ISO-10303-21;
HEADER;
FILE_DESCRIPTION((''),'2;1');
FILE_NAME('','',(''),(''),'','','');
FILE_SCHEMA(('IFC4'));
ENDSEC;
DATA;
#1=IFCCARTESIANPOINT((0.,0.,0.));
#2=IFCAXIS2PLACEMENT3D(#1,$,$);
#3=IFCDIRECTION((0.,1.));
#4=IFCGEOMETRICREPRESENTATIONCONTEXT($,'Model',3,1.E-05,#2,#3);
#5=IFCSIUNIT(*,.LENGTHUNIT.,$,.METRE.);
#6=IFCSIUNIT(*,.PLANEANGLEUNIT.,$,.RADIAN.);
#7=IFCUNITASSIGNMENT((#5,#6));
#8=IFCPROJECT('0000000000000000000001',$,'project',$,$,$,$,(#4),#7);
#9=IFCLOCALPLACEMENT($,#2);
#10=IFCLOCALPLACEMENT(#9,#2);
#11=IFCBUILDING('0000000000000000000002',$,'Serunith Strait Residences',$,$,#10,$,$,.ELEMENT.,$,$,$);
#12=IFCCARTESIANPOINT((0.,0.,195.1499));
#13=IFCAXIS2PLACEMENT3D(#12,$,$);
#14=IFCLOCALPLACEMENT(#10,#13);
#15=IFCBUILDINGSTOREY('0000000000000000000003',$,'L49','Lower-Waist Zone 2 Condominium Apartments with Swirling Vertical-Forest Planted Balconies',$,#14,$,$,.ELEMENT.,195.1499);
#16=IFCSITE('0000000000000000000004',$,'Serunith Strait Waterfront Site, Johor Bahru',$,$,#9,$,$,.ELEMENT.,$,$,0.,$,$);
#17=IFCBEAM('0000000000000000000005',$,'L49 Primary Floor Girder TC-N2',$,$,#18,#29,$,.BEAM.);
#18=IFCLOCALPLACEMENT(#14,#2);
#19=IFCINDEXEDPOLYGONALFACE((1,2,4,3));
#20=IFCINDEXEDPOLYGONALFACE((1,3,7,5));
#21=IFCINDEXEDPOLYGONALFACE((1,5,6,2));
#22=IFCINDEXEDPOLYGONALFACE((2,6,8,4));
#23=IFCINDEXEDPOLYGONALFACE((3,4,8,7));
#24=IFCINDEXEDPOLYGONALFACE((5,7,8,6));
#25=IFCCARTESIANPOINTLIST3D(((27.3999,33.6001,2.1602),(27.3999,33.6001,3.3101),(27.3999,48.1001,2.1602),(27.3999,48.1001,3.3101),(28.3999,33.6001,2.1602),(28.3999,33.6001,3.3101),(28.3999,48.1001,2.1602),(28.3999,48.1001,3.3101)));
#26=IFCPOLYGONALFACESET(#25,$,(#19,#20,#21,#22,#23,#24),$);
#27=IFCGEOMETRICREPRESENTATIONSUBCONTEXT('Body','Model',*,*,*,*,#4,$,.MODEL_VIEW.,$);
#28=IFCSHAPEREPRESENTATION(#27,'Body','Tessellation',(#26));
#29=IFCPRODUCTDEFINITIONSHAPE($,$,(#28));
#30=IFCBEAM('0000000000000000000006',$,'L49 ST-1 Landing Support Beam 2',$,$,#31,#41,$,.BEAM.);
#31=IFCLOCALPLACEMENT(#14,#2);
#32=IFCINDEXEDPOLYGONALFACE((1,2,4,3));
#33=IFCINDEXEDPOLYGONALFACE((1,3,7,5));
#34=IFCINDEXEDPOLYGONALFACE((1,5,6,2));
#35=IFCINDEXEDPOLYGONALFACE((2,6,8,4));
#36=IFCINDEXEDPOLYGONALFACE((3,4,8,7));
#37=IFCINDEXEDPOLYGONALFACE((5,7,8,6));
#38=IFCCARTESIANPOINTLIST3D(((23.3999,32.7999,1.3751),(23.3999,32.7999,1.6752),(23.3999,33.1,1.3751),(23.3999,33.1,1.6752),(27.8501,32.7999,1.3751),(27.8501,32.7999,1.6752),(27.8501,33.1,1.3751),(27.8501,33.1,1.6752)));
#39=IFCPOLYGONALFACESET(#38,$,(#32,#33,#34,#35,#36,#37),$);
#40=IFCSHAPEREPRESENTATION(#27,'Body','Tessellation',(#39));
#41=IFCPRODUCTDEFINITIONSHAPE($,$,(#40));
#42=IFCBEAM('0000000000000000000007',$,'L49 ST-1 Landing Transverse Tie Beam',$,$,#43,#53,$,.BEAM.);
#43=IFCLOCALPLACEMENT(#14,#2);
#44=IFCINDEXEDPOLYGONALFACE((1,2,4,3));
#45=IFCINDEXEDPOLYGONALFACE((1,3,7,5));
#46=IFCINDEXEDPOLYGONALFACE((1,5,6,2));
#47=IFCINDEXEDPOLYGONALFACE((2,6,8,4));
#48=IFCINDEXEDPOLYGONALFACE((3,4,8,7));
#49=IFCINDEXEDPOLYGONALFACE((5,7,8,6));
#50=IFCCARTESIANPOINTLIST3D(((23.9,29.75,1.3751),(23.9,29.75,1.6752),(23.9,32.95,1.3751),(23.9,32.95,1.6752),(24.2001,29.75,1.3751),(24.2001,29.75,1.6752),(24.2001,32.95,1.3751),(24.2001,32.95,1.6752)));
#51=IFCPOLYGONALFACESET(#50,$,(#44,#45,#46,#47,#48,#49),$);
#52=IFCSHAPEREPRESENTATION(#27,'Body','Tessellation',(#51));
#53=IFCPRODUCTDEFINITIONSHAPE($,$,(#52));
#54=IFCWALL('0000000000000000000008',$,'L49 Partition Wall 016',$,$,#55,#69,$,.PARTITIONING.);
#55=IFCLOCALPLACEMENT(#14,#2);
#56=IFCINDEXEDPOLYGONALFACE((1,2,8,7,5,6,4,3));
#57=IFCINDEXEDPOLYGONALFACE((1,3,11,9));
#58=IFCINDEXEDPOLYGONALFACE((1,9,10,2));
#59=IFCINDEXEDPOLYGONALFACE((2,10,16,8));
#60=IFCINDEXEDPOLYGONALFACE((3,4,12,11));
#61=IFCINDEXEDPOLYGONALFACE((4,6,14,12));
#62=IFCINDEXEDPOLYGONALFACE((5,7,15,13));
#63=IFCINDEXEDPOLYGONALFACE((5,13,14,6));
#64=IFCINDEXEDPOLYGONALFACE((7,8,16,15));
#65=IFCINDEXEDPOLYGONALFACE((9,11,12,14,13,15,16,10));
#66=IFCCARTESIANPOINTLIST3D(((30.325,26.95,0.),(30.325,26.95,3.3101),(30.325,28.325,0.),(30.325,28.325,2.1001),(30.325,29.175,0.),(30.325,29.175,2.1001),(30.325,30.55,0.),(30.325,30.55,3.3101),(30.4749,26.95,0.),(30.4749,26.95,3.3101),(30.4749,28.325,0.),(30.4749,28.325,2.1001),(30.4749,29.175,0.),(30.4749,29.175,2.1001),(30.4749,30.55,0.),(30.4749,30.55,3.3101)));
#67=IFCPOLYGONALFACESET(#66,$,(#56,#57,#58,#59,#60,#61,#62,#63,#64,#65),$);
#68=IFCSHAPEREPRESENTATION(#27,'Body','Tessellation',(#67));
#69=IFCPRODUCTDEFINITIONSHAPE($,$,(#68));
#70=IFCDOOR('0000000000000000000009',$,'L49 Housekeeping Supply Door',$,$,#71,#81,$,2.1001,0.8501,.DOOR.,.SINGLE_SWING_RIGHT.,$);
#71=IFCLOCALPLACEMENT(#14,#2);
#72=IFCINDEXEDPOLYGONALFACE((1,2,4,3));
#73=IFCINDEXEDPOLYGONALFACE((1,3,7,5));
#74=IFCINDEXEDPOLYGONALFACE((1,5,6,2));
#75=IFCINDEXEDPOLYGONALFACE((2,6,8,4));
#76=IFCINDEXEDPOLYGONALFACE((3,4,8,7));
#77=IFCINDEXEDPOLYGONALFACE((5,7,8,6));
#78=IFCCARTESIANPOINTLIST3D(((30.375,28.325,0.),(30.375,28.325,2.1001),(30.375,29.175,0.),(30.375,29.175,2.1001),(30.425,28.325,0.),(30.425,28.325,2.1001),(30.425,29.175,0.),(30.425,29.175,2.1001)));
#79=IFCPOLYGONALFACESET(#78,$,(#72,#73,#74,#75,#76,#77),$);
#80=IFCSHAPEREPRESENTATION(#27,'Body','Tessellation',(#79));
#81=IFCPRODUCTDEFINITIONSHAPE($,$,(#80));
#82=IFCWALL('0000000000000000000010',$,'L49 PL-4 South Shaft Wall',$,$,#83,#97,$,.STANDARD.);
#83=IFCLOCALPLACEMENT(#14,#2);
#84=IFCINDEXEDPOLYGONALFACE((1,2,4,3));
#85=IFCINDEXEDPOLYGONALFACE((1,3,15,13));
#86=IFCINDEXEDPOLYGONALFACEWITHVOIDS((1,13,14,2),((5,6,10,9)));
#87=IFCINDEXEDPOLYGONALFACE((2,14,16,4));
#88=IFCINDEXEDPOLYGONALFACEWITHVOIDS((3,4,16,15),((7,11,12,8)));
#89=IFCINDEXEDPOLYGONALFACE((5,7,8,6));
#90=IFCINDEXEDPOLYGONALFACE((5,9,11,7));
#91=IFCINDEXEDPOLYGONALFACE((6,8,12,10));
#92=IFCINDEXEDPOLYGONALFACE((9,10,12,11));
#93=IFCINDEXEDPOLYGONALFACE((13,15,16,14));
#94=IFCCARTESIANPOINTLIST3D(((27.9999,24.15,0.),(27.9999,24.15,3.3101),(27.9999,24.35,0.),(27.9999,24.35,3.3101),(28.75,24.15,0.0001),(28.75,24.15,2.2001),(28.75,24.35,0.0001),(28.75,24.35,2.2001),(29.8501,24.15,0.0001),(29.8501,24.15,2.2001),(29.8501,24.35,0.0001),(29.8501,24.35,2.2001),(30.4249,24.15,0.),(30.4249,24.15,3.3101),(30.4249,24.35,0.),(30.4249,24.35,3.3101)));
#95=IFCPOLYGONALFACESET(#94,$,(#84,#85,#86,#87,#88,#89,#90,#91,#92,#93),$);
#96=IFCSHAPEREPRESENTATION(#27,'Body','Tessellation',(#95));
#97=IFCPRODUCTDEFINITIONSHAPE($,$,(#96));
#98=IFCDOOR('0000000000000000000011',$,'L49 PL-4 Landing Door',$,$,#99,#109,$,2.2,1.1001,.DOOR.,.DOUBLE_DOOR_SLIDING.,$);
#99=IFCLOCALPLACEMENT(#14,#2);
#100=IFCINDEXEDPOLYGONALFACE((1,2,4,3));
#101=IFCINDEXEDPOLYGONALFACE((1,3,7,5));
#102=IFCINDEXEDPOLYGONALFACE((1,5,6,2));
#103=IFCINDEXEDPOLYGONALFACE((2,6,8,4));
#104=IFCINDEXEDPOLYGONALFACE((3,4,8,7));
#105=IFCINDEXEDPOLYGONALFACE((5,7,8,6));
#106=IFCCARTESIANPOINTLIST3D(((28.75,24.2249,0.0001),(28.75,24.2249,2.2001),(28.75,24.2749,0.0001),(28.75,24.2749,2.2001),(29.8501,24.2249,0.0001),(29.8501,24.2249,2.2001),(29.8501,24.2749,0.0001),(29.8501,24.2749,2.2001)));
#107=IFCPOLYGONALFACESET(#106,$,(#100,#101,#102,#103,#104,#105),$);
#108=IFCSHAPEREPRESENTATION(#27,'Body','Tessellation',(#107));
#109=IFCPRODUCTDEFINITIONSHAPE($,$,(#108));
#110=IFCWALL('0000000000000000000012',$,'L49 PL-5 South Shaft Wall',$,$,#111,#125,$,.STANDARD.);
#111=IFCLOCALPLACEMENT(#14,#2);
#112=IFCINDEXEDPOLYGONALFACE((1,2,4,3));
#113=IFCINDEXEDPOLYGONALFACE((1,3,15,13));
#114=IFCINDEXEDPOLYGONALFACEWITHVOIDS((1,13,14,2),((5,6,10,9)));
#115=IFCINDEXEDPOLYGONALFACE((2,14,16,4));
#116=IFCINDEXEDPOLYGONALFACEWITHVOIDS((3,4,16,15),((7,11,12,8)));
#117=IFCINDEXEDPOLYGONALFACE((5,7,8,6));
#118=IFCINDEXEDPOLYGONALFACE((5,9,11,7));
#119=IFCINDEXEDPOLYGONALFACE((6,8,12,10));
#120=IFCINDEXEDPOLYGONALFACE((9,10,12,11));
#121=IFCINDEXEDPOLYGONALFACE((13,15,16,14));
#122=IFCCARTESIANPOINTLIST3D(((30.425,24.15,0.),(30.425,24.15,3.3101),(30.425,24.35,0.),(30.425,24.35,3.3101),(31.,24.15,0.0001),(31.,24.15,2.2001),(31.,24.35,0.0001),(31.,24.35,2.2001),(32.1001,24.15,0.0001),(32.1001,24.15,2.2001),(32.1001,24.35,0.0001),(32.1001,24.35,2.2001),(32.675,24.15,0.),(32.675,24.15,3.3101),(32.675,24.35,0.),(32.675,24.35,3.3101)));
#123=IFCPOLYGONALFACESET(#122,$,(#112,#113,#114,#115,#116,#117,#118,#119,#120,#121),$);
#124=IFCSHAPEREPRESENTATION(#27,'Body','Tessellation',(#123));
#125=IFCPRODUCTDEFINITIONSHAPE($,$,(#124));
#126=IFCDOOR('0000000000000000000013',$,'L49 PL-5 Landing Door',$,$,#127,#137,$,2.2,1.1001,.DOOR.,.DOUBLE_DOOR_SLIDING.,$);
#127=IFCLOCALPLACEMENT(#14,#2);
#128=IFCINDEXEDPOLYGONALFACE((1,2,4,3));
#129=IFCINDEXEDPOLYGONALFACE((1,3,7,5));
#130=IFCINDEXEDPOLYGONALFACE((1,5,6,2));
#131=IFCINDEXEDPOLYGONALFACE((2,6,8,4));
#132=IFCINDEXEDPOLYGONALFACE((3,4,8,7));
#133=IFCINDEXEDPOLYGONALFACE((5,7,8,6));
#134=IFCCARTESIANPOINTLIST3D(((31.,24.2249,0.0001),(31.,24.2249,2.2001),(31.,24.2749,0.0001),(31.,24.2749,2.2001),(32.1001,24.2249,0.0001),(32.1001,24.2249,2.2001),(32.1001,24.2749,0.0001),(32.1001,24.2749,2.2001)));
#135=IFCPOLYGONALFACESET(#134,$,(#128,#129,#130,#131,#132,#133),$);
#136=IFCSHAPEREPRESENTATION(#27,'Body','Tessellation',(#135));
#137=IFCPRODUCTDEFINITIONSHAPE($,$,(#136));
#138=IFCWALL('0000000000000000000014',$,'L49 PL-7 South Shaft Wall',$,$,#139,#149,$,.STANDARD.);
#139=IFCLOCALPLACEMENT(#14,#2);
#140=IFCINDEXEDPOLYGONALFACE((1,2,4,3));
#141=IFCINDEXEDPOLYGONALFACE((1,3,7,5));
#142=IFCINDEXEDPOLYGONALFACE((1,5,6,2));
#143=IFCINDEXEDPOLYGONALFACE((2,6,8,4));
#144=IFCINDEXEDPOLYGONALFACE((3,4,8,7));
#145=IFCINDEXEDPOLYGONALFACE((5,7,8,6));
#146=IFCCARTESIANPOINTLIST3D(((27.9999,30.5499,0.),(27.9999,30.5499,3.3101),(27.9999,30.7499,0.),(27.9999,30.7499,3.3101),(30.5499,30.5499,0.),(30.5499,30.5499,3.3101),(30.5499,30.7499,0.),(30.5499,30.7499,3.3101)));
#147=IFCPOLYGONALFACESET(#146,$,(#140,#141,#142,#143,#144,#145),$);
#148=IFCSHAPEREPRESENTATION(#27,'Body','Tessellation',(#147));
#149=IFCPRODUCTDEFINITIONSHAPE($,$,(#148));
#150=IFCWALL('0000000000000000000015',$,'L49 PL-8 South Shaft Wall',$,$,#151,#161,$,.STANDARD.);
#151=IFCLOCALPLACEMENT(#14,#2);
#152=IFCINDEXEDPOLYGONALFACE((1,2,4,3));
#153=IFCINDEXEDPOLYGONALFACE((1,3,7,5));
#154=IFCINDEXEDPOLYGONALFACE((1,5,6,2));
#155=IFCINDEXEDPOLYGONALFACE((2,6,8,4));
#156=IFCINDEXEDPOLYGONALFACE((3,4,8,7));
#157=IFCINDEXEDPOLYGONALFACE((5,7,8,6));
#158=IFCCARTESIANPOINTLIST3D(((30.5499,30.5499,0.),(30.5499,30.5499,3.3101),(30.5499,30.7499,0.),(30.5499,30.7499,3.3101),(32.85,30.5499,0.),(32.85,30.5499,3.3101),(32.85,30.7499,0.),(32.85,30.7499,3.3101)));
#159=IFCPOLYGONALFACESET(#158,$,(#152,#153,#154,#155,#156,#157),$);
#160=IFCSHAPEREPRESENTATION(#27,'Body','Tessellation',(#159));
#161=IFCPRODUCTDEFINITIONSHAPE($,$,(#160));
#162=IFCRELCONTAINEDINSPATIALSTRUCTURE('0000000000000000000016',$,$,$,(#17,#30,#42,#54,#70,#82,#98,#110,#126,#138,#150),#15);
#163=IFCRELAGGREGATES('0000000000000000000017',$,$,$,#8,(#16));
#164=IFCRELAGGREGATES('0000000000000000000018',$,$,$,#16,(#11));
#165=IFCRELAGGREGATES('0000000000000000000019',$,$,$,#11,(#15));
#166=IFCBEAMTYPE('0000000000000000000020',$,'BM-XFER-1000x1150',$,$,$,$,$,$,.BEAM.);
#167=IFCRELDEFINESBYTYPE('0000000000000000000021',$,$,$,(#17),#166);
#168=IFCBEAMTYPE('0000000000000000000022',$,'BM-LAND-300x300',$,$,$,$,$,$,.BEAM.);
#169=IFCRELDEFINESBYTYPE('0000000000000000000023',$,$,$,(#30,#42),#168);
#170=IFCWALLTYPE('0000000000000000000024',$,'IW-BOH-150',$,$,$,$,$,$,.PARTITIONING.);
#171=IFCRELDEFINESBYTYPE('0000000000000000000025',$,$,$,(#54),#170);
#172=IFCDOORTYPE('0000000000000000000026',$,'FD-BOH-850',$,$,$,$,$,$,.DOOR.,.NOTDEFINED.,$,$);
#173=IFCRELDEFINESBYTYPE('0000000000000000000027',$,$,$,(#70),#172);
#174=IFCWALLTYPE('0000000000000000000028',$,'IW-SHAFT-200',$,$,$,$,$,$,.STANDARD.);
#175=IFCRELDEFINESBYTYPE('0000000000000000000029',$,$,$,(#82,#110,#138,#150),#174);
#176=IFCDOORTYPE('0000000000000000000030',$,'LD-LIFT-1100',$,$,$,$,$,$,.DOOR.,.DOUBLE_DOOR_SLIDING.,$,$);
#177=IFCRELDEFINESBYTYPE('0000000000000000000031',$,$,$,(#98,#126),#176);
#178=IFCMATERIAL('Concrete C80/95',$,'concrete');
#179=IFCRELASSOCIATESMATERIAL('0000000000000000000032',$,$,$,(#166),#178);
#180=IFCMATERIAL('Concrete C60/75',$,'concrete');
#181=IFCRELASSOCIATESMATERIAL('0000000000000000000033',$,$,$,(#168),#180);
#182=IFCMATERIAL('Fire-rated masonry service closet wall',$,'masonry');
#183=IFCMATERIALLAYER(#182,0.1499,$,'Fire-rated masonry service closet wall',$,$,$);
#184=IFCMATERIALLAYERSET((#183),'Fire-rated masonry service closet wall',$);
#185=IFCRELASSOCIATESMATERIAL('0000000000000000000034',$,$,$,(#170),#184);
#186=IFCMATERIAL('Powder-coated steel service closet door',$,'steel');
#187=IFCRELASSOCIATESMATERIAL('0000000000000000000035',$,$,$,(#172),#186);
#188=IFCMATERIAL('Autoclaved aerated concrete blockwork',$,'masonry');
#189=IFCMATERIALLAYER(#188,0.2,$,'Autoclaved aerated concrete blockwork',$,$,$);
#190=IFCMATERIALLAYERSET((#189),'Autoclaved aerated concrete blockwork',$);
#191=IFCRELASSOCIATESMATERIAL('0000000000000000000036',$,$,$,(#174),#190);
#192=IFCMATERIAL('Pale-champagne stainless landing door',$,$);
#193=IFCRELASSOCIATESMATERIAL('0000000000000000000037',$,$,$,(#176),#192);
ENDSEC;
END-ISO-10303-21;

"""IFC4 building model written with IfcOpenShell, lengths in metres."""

from ifc_helpers import new_model, si_unit, direction, frame, frame_2d, origin, origin_2d, place, context, subcontext, project, spatial, rectangle, extrude, source, transform, mapped, material, layer, layer_set, material_profile, profile_set, type_object, element, fill, save


model = new_model("IFC4")

# Units and contexts
model_context = context("Model", 3, precision=1e-05, world=origin(), true_north=direction((0.0, 1.0)))
body_context = subcontext(model_context, "Body", "Model", "MODEL_VIEW")
ifc_project = project(units=[si_unit("LENGTHUNIT", "METRE"), si_unit("PLANEANGLEUNIT", "RADIAN")], contexts=[model_context])

# Site, building, storey
site_placement = place(None, origin())
site = spatial("IfcSite", under=ifc_project, at=site_placement, Name="Serunith Strait Waterfront Site, Johor Bahru", CompositionType="ELEMENT", RefElevation=0.0)
building_placement = place(site_placement, origin())
building = spatial("IfcBuilding", under=site, at=building_placement, Name="Serunith Strait Residences", CompositionType="ELEMENT")
storey_placement = place(building_placement, frame((0.0, 0.0, 195.1499)))
storey = spatial("IfcBuildingStorey", under=building, at=storey_placement, Name="L49", Description="Lower-Waist Zone 2 Condominium Apartments with Swirling Vertical-Forest Planted Balconies", CompositionType="ELEMENT", Elevation=195.1499)

# Beams
ifc_material_1 = material(Name="Concrete C80/95", Category="concrete")
ifc_material_profile_1 = material_profile(ifc_material_1, rectangle(XDim=1.0, YDim=1.1499, at=origin_2d()), Name="RC 1000x1150")
ifc_profile_set_1 = profile_set([ifc_material_profile_1], Name="Concrete C80/95")
beam_type_1 = type_object("IfcBeamType", Name="BM-XFER-1000x1150", PredefinedType="BEAM", material=ifc_profile_set_1)
shared_shape_1 = source(origin(), body_context, "Body", "SweptSolid", [
    extrude(rectangle(XDim=1.0, YDim=1.1499, at=origin_2d()), origin(), (0.0, 0.0, 1.0), 14.5),
])
beam_1_placement = place(storey_placement, frame((27.8999, 33.6001, 2.7351), z_axis=(0.0, 1.0, 0.0), x_axis=(-1.0, 0.0, 0.0)))
element("IfcBeam", 1, at=beam_1_placement, inside=storey, type_object=beam_type_1, Name="L49 Primary Floor Girder TC-N2", PredefinedType="BEAM", context=body_context, shape_type="MappedRepresentation", body=[
    mapped(shared_shape_1, transform((0.0, 0.0, 0.0), scale=1.0)),
])
ifc_material_2 = material(Name="Concrete C60/75", Category="concrete")
ifc_material_profile_2 = material_profile(ifc_material_2, rectangle(XDim=0.3, YDim=0.3, at=origin_2d()), Name="RC 300x300")
ifc_profile_set_2 = profile_set([ifc_material_profile_2], Name="Concrete C60/75")
beam_type_2 = type_object("IfcBeamType", Name="BM-LAND-300x300", PredefinedType="BEAM", material=ifc_profile_set_2)
shared_shape_2 = source(origin(), body_context, "Body", "SweptSolid", [
    extrude(rectangle(XDim=0.3, YDim=0.3, at=origin_2d()), origin(), (0.0, 0.0, 1.0), 4.4502),
])
beam_2_placement = place(storey_placement, frame((23.3999, 32.95, 1.5251), z_axis=(1.0, 0.0, 0.0), x_axis=(0.0, 1.0, 0.0)))
element("IfcBeam", 2, at=beam_2_placement, inside=storey, type_object=beam_type_2, Name="L49 ST-1 Landing Support Beam 2", PredefinedType="BEAM", context=body_context, shape_type="MappedRepresentation", body=[
    mapped(shared_shape_2, transform((0.0, 0.0, 0.0), scale=1.0)),
])
shared_shape_3 = source(origin(), body_context, "Body", "SweptSolid", [
    extrude(rectangle(XDim=0.3, YDim=0.3, at=origin_2d()), origin(), (0.0, 0.0, 1.0), 3.2),
])
beam_3_placement = place(storey_placement, frame((24.05, 29.75, 1.5251), z_axis=(0.0, 1.0, 0.0), x_axis=(-1.0, 0.0, 0.0)))
element("IfcBeam", 3, at=beam_3_placement, inside=storey, type_object=beam_type_2, Name="L49 ST-1 Landing Transverse Tie Beam", PredefinedType="BEAM", context=body_context, shape_type="MappedRepresentation", body=[
    mapped(shared_shape_3, transform((0.0, 0.0, 0.0), scale=1.0)),
])

# Walls, openings, doors
ifc_material_3 = material(Name="Fire-rated masonry service closet wall", Category="masonry")
ifc_layer_1 = layer(ifc_material_3, 0.1499, Name="Fire-rated masonry service closet wall")
ifc_layer_set_1 = layer_set([ifc_layer_1], Name="Fire-rated masonry service closet wall")
wall_type_1 = type_object("IfcWallType", Name="IW-BOH-150", PredefinedType="PARTITIONING", material=ifc_layer_set_1)
wall_1_placement = place(storey_placement, frame((30.3999, 26.95, 0.0), z_axis=(0.0, 0.0, 1.0), x_axis=(0.0, 1.0, 0.0)))
wall_1 = element("IfcWall", 4, at=wall_1_placement, inside=storey, type_object=wall_type_1, Name="L49 Partition Wall 016", PredefinedType="PARTITIONING", context=body_context, shape_type="SweptSolid", body=[
    extrude(rectangle(XDim=3.6001, YDim=0.1499, at=frame_2d((1.8, 0.0))), origin(), (0.0, 0.0, 1.0), 3.3101),
])
opening_1_placement = place(wall_1_placement, frame((1.375, 0.0, 0.0)))
opening_1 = element("IfcOpeningElement", 5, at=opening_1_placement, cuts=wall_1, PredefinedType="OPENING", context=body_context, shape_type="SweptSolid", body=[
    extrude(rectangle(XDim=0.8501, YDim=2.1001, at=frame_2d((0.425, 1.05))), frame((0.0, 0.085, 0.0), z_axis=(0.0, -1.0, 0.0), x_axis=(1.0, 0.0, 0.0)), (0.0, 0.0, 1.0), 0.1699),
])
ifc_material_4 = material(Name="Powder-coated steel service closet door", Category="steel")
door_type_1 = type_object("IfcDoorType", Name="FD-BOH-850", OperationType="NOTDEFINED", PredefinedType="DOOR", material=ifc_material_4)
shared_shape_4 = source(origin(), body_context, "Body", "SweptSolid", [
    extrude(rectangle(XDim=0.8501, YDim=2.1001, at=frame_2d((0.425, 1.05))), frame((0.0, 0.0249, 0.0), z_axis=(0.0, -1.0, 0.0), x_axis=(1.0, 0.0, 0.0)), (0.0, 0.0, 1.0), 0.05),
])
door_1_placement = place(opening_1_placement, origin())
door_1 = element("IfcDoor", 6, at=door_1_placement, inside=storey, type_object=door_type_1, Name="L49 Housekeeping Supply Door", OperationType="SINGLE_SWING_RIGHT", OverallHeight=2.1001, OverallWidth=0.8501, PredefinedType="DOOR", context=body_context, shape_type="MappedRepresentation", body=[
    mapped(shared_shape_4, transform((0.0, 0.0, 0.0), scale=1.0)),
])
fill(opening_1, door_1)
ifc_material_5 = material(Name="Autoclaved aerated concrete blockwork", Category="masonry")
ifc_layer_2 = layer(ifc_material_5, 0.2, Name="Autoclaved aerated concrete blockwork")
ifc_layer_set_2 = layer_set([ifc_layer_2], Name="Autoclaved aerated concrete blockwork")
wall_type_2 = type_object("IfcWallType", Name="IW-SHAFT-200", PredefinedType="STANDARD", material=ifc_layer_set_2)
wall_2_placement = place(storey_placement, frame((28.0, 24.25, 0.0), z_axis=(0.0, 0.0, 1.0), x_axis=(1.0, 0.0, 0.0)))
wall_2 = element("IfcWall", 7, at=wall_2_placement, inside=storey, type_object=wall_type_2, Name="L49 PL-4 South Shaft Wall", PredefinedType="STANDARD", context=body_context, shape_type="SweptSolid", body=[
    extrude(rectangle(XDim=2.425, YDim=0.2, at=frame_2d((1.2124, 0.0))), origin(), (0.0, 0.0, 1.0), 3.3101),
])
opening_2_placement = place(wall_2_placement, frame((0.75, 0.0, 0.0)))
opening_2 = element("IfcOpeningElement", 8, at=opening_2_placement, cuts=wall_2, PredefinedType="OPENING", context=body_context, shape_type="SweptSolid", body=[
    extrude(rectangle(XDim=1.1001, YDim=2.2, at=frame_2d((0.55, 1.1001))), frame((0.0, 0.1099, 0.0), z_axis=(0.0, -1.0, 0.0), x_axis=(1.0, 0.0, 0.0)), (0.0, 0.0, 1.0), 0.22),
])
ifc_material_6 = material(Name="Pale-champagne stainless landing door")
door_type_2 = type_object("IfcDoorType", Name="LD-LIFT-1100", OperationType="DOUBLE_DOOR_SLIDING", PredefinedType="DOOR", material=ifc_material_6)
shared_shape_5 = source(origin(), body_context, "Body", "SweptSolid", [
    extrude(rectangle(XDim=1.1001, YDim=2.2, at=frame_2d((0.55, 1.1001))), frame((0.0, 0.0249, 0.0), z_axis=(0.0, -1.0, 0.0), x_axis=(1.0, 0.0, 0.0)), (0.0, 0.0, 1.0), 0.05),
])
door_2_placement = place(opening_2_placement, origin())
door_2 = element("IfcDoor", 9, at=door_2_placement, inside=storey, type_object=door_type_2, Name="L49 PL-4 Landing Door", OperationType="DOUBLE_DOOR_SLIDING", OverallHeight=2.2, OverallWidth=1.1001, PredefinedType="DOOR", context=body_context, shape_type="MappedRepresentation", body=[
    mapped(shared_shape_5, transform((0.0, 0.0, 0.0), scale=1.0)),
])
fill(opening_2, door_2)
wall_3_placement = place(storey_placement, frame((30.425, 24.25, 0.0), z_axis=(0.0, 0.0, 1.0), x_axis=(1.0, 0.0, 0.0)))
wall_3 = element("IfcWall", 10, at=wall_3_placement, inside=storey, type_object=wall_type_2, Name="L49 PL-5 South Shaft Wall", PredefinedType="STANDARD", context=body_context, shape_type="SweptSolid", body=[
    extrude(rectangle(XDim=2.25, YDim=0.2, at=frame_2d((1.125, 0.0))), origin(), (0.0, 0.0, 1.0), 3.3101),
])
opening_3_placement = place(wall_3_placement, frame((0.575, 0.0, 0.0)))
opening_3 = element("IfcOpeningElement", 11, at=opening_3_placement, cuts=wall_3, PredefinedType="OPENING", context=body_context, shape_type="SweptSolid", body=[
    extrude(rectangle(XDim=1.1001, YDim=2.2, at=frame_2d((0.55, 1.1001))), frame((0.0, 0.1099, 0.0), z_axis=(0.0, -1.0, 0.0), x_axis=(1.0, 0.0, 0.0)), (0.0, 0.0, 1.0), 0.22),
])
door_3_placement = place(opening_3_placement, origin())
door_3 = element("IfcDoor", 12, at=door_3_placement, inside=storey, type_object=door_type_2, Name="L49 PL-5 Landing Door", OperationType="DOUBLE_DOOR_SLIDING", OverallHeight=2.2, OverallWidth=1.1001, PredefinedType="DOOR", context=body_context, shape_type="MappedRepresentation", body=[
    mapped(shared_shape_5, transform((0.0, 0.0, 0.0), scale=1.0)),
])
fill(opening_3, door_3)

# Walls
wall_4_placement = place(storey_placement, frame((28.0, 30.6499, 0.0), z_axis=(0.0, 0.0, 1.0), x_axis=(1.0, 0.0, 0.0)))
element("IfcWall", 13, at=wall_4_placement, inside=storey, type_object=wall_type_2, Name="L49 PL-7 South Shaft Wall", PredefinedType="STANDARD", context=body_context, shape_type="SweptSolid", body=[
    extrude(rectangle(XDim=2.55, YDim=0.2, at=frame_2d((1.2749, 0.0))), origin(), (0.0, 0.0, 1.0), 3.3101),
])
wall_5_placement = place(storey_placement, frame((30.55, 30.6499, 0.0), z_axis=(0.0, 0.0, 1.0), x_axis=(1.0, 0.0, 0.0)))
element("IfcWall", 14, at=wall_5_placement, inside=storey, type_object=wall_type_2, Name="L49 PL-8 South Shaft Wall", PredefinedType="STANDARD", context=body_context, shape_type="SweptSolid", body=[
    extrude(rectangle(XDim=2.3, YDim=0.2, at=frame_2d((1.1499, 0.0))), origin(), (0.0, 0.0, 1.0), 3.3101),
])

save(model, "model.ifc")
